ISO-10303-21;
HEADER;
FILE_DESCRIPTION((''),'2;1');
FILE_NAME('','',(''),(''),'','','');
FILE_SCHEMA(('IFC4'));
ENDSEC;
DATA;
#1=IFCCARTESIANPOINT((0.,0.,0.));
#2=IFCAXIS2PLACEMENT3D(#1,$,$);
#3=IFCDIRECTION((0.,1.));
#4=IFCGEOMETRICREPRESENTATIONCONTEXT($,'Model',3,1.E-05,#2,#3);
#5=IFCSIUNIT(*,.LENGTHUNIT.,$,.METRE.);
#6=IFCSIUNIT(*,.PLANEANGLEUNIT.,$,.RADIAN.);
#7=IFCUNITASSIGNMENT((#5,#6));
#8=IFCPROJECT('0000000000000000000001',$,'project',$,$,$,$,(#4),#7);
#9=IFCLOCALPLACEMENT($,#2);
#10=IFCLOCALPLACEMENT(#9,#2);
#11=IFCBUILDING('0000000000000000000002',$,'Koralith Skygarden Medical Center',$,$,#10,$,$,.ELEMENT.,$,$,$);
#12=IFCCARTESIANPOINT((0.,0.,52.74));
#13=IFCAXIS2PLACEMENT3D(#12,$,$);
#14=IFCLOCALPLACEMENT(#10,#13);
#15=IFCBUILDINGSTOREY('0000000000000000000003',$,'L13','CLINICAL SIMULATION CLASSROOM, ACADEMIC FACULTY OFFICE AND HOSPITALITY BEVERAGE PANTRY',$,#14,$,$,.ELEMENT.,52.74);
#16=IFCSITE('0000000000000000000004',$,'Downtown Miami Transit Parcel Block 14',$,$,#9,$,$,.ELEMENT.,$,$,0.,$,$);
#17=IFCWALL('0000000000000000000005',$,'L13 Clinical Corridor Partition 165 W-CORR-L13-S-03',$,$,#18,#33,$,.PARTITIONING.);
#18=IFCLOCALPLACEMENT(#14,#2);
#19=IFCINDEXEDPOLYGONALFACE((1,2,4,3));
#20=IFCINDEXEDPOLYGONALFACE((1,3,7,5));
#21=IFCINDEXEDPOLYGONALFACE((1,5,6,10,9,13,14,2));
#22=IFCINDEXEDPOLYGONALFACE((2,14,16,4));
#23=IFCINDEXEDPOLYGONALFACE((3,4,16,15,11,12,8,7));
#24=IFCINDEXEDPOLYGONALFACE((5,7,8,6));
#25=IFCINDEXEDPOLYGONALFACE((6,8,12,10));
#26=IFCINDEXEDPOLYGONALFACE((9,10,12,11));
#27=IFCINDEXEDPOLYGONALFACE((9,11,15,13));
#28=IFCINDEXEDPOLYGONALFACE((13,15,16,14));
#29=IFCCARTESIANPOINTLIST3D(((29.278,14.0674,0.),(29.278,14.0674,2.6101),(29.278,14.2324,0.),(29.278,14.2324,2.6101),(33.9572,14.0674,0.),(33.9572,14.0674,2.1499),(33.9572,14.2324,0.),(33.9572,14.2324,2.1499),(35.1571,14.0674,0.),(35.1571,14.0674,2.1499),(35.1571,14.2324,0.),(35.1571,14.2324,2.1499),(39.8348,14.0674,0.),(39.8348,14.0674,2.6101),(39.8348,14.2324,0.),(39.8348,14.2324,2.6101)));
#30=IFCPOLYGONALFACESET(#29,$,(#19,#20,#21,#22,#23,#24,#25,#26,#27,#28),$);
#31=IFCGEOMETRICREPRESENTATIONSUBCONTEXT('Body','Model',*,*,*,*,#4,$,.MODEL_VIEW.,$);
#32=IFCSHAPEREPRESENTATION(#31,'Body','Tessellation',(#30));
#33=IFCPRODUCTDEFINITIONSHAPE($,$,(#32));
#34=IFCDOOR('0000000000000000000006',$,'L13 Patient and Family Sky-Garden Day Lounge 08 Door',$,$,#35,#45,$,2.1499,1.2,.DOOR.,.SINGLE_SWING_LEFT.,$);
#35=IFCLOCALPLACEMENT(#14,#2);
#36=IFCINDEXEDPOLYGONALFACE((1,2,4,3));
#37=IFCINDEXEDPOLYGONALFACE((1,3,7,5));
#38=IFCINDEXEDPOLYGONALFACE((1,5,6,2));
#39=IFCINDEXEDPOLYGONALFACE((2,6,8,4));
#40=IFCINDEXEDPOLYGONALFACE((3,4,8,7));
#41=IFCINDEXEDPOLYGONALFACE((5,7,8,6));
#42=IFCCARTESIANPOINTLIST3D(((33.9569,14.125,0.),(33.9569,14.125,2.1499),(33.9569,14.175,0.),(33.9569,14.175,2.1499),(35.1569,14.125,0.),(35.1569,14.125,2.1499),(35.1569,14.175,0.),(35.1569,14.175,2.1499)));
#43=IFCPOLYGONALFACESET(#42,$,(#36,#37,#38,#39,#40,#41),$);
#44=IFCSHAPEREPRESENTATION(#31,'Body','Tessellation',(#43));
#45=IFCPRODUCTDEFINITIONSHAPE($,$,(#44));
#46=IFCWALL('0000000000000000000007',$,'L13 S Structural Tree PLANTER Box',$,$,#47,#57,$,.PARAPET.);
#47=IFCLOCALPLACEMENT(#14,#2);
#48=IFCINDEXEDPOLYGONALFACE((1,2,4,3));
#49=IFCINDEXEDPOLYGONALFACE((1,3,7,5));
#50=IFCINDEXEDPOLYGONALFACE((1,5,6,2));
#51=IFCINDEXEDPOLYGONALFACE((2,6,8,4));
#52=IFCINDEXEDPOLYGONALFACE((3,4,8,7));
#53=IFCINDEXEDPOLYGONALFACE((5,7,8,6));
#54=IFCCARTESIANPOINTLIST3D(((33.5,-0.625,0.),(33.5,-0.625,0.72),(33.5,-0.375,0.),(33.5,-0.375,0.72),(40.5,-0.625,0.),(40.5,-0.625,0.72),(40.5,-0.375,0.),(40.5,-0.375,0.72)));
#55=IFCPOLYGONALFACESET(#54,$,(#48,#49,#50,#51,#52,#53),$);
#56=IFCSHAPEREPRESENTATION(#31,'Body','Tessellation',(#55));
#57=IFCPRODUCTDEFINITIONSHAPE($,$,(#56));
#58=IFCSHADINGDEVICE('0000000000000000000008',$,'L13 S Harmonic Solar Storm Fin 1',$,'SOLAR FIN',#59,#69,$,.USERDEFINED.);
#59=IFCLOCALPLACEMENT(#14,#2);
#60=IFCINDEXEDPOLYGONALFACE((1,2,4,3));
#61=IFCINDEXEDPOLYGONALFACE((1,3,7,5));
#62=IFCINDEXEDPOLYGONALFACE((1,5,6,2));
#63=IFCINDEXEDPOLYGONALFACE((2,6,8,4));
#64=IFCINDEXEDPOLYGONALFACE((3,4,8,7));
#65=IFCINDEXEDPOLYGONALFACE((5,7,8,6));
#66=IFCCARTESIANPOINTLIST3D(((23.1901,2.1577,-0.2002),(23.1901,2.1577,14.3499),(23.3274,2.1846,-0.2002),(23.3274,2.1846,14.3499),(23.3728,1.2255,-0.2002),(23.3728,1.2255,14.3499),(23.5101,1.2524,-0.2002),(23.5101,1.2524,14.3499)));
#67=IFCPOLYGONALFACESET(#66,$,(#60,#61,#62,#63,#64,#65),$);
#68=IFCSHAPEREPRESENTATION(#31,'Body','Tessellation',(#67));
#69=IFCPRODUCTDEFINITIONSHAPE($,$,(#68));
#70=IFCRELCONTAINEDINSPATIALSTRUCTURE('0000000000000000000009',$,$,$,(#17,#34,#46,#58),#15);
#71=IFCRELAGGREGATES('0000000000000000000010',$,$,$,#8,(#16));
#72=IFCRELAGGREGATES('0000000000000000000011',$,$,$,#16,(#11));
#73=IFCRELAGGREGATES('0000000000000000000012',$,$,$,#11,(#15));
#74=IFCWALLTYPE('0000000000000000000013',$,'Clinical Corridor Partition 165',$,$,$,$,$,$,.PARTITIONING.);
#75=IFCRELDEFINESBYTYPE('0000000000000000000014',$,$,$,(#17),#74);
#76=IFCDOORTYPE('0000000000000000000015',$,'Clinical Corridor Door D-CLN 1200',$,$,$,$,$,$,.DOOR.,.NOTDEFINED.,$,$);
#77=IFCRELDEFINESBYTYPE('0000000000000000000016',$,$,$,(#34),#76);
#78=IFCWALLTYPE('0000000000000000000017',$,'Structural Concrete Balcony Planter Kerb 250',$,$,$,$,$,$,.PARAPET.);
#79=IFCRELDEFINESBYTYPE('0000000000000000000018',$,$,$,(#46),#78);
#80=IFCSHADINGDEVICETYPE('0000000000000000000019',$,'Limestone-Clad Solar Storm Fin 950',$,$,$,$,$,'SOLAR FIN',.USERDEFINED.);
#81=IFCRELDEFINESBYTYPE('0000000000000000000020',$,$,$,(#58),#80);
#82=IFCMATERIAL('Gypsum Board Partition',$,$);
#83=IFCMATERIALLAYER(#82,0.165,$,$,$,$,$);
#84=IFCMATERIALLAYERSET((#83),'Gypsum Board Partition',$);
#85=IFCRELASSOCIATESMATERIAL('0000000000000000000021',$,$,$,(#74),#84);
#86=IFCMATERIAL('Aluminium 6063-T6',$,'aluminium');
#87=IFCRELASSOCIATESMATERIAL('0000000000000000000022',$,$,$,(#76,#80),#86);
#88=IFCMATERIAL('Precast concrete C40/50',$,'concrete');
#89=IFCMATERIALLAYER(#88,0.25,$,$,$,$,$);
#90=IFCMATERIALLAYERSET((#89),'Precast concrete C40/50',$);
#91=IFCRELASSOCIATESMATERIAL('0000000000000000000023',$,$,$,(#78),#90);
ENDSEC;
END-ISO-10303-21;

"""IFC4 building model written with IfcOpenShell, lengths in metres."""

from ifc_helpers import new_model, si_unit, direction, frame, frame_2d, origin, origin_2d, place, context, subcontext, project, spatial, rectangle, extrude, material, layer, layer_set, type_object, element, fill, save


model = new_model("IFC4")

# Units and contexts
model_context = context("Model", 3, precision=1e-05, world=origin(), true_north=direction((0.0, 1.0)))
body_context = subcontext(model_context, "Body", "Model", "MODEL_VIEW")
ifc_project = project(units=[si_unit("LENGTHUNIT", "METRE"), si_unit("PLANEANGLEUNIT", "RADIAN")], contexts=[model_context])

# Site, building, storey
site_placement = place(None, origin())
site = spatial("IfcSite", under=ifc_project, at=site_placement, Name="Downtown Miami Transit Parcel Block 14", CompositionType="ELEMENT", RefElevation=0.0)
building_placement = place(site_placement, origin())
building = spatial("IfcBuilding", under=site, at=building_placement, Name="Koralith Skygarden Medical Center", CompositionType="ELEMENT")
storey_placement = place(building_placement, frame((0.0, 0.0, 52.74)))
storey = spatial("IfcBuildingStorey", under=building, at=storey_placement, Name="L13", Description="CLINICAL SIMULATION CLASSROOM, ACADEMIC FACULTY OFFICE AND HOSPITALITY BEVERAGE PANTRY", CompositionType="ELEMENT", Elevation=52.74)

# Shared definitions
ifc_material_1 = material(Name="Aluminium 6063-T6", Category="aluminium")

# Shared definitions
ifc_material_2 = material(Name="Gypsum Board Partition")

# Wall, opening, door
ifc_layer_1 = layer(ifc_material_2, 0.165)
ifc_layer_set_1 = layer_set([ifc_layer_1], Name="Gypsum Board Partition")
wall_type_1 = type_object("IfcWallType", Name="Clinical Corridor Partition 165", PredefinedType="PARTITIONING", material=ifc_layer_set_1)
door_type_1 = type_object("IfcDoorType", Name="Clinical Corridor Door D-CLN 1200", OperationType="NOTDEFINED", PredefinedType="DOOR", material=ifc_material_1)
wall_1_placement = place(storey_placement, frame((29.2781, 14.1499, 0.0), z_axis=(0.0, 0.0, 1.0), x_axis=(1.0, 0.0, 0.0)))
wall_1 = element("IfcWall", 1, at=wall_1_placement, inside=storey, type_object=wall_type_1, Name="L13 Clinical Corridor Partition 165 W-CORR-L13-S-03", PredefinedType="PARTITIONING", context=body_context, shape_type="SweptSolid", body=[
    extrude(rectangle(XDim=10.5569, YDim=0.165, at=frame_2d((5.2783, 0.0))), origin(), (0.0, 0.0, 1.0), 2.6101),
])
opening_1_placement = place(wall_1_placement, frame((4.679, 0.0, 0.0)))
opening_1 = element("IfcOpeningElement", 2, at=opening_1_placement, cuts=wall_1, PredefinedType="OPENING", context=body_context, shape_type="SweptSolid", body=[
    extrude(rectangle(XDim=1.2, YDim=2.1499, at=frame_2d((0.6001, 1.075))), frame((0.0, 0.0925, 0.0), z_axis=(0.0, -1.0, 0.0), x_axis=(1.0, 0.0, 0.0)), (0.0, 0.0, 1.0), 0.1851),
])
door_1_placement = place(opening_1_placement, frame((1.2, 0.0, 0.0), z_axis=(0.0, 0.0, 1.0), x_axis=(-1.0, 0.0, 0.0)))
door_1 = element("IfcDoor", 3, at=door_1_placement, inside=storey, type_object=door_type_1, Name="L13 Patient and Family Sky-Garden Day Lounge 08 Door", OperationType="SINGLE_SWING_LEFT", OverallHeight=2.1499, OverallWidth=1.2, PredefinedType="DOOR", context=body_context, shape_type="SweptSolid", body=[
    extrude(rectangle(XDim=1.2, YDim=2.1499, at=frame_2d((0.6001, 1.075))), frame((0.0, 0.0249, 0.0), z_axis=(0.0, -1.0, 0.0), x_axis=(1.0, 0.0, 0.0)), (0.0, 0.0, 1.0), 0.05),
])
fill(opening_1, door_1)

# Wall
ifc_material_3 = material(Name="Precast concrete C40/50", Category="concrete")
ifc_layer_2 = layer(ifc_material_3, 0.25)
ifc_layer_set_2 = layer_set([ifc_layer_2], Name="Precast concrete C40/50")
wall_type_2 = type_object("IfcWallType", Name="Structural Concrete Balcony Planter Kerb 250", PredefinedType="PARAPET", material=ifc_layer_set_2)
wall_2_placement = place(storey_placement, frame((33.5, -0.5, 0.0), z_axis=(0.0, 0.0, 1.0), x_axis=(1.0, 0.0, 0.0)))
element("IfcWall", 4, at=wall_2_placement, inside=storey, type_object=wall_type_2, Name="L13 S Structural Tree PLANTER Box", PredefinedType="PARAPET", context=body_context, shape_type="SweptSolid", body=[
    extrude(rectangle(XDim=7.0, YDim=0.25, at=frame_2d((3.5, 0.0))), origin(), (0.0, 0.0, 1.0), 0.72),
])

# Shading device
shading_device_type = type_object("IfcShadingDeviceType", Name="Limestone-Clad Solar Storm Fin 950", ElementType="SOLAR FIN", PredefinedType="USERDEFINED", material=ifc_material_1)
shading_device_placement = place(storey_placement, frame((23.3501, 1.7051, -0.2002), z_axis=(0.0, 0.0, 1.0), x_axis=(0.192248, -0.981346, 0.0)))
element("IfcShadingDevice", 5, at=shading_device_placement, inside=storey, type_object=shading_device_type, Name="L13 S Harmonic Solar Storm Fin 1", ObjectType="SOLAR FIN", PredefinedType="USERDEFINED", context=body_context, shape_type="SweptSolid", body=[
    extrude(rectangle(XDim=0.95, YDim=0.1399, at=origin_2d()), origin(), (0.0, 0.0, 1.0), 14.55),
])

save(model, "model.ifc")
